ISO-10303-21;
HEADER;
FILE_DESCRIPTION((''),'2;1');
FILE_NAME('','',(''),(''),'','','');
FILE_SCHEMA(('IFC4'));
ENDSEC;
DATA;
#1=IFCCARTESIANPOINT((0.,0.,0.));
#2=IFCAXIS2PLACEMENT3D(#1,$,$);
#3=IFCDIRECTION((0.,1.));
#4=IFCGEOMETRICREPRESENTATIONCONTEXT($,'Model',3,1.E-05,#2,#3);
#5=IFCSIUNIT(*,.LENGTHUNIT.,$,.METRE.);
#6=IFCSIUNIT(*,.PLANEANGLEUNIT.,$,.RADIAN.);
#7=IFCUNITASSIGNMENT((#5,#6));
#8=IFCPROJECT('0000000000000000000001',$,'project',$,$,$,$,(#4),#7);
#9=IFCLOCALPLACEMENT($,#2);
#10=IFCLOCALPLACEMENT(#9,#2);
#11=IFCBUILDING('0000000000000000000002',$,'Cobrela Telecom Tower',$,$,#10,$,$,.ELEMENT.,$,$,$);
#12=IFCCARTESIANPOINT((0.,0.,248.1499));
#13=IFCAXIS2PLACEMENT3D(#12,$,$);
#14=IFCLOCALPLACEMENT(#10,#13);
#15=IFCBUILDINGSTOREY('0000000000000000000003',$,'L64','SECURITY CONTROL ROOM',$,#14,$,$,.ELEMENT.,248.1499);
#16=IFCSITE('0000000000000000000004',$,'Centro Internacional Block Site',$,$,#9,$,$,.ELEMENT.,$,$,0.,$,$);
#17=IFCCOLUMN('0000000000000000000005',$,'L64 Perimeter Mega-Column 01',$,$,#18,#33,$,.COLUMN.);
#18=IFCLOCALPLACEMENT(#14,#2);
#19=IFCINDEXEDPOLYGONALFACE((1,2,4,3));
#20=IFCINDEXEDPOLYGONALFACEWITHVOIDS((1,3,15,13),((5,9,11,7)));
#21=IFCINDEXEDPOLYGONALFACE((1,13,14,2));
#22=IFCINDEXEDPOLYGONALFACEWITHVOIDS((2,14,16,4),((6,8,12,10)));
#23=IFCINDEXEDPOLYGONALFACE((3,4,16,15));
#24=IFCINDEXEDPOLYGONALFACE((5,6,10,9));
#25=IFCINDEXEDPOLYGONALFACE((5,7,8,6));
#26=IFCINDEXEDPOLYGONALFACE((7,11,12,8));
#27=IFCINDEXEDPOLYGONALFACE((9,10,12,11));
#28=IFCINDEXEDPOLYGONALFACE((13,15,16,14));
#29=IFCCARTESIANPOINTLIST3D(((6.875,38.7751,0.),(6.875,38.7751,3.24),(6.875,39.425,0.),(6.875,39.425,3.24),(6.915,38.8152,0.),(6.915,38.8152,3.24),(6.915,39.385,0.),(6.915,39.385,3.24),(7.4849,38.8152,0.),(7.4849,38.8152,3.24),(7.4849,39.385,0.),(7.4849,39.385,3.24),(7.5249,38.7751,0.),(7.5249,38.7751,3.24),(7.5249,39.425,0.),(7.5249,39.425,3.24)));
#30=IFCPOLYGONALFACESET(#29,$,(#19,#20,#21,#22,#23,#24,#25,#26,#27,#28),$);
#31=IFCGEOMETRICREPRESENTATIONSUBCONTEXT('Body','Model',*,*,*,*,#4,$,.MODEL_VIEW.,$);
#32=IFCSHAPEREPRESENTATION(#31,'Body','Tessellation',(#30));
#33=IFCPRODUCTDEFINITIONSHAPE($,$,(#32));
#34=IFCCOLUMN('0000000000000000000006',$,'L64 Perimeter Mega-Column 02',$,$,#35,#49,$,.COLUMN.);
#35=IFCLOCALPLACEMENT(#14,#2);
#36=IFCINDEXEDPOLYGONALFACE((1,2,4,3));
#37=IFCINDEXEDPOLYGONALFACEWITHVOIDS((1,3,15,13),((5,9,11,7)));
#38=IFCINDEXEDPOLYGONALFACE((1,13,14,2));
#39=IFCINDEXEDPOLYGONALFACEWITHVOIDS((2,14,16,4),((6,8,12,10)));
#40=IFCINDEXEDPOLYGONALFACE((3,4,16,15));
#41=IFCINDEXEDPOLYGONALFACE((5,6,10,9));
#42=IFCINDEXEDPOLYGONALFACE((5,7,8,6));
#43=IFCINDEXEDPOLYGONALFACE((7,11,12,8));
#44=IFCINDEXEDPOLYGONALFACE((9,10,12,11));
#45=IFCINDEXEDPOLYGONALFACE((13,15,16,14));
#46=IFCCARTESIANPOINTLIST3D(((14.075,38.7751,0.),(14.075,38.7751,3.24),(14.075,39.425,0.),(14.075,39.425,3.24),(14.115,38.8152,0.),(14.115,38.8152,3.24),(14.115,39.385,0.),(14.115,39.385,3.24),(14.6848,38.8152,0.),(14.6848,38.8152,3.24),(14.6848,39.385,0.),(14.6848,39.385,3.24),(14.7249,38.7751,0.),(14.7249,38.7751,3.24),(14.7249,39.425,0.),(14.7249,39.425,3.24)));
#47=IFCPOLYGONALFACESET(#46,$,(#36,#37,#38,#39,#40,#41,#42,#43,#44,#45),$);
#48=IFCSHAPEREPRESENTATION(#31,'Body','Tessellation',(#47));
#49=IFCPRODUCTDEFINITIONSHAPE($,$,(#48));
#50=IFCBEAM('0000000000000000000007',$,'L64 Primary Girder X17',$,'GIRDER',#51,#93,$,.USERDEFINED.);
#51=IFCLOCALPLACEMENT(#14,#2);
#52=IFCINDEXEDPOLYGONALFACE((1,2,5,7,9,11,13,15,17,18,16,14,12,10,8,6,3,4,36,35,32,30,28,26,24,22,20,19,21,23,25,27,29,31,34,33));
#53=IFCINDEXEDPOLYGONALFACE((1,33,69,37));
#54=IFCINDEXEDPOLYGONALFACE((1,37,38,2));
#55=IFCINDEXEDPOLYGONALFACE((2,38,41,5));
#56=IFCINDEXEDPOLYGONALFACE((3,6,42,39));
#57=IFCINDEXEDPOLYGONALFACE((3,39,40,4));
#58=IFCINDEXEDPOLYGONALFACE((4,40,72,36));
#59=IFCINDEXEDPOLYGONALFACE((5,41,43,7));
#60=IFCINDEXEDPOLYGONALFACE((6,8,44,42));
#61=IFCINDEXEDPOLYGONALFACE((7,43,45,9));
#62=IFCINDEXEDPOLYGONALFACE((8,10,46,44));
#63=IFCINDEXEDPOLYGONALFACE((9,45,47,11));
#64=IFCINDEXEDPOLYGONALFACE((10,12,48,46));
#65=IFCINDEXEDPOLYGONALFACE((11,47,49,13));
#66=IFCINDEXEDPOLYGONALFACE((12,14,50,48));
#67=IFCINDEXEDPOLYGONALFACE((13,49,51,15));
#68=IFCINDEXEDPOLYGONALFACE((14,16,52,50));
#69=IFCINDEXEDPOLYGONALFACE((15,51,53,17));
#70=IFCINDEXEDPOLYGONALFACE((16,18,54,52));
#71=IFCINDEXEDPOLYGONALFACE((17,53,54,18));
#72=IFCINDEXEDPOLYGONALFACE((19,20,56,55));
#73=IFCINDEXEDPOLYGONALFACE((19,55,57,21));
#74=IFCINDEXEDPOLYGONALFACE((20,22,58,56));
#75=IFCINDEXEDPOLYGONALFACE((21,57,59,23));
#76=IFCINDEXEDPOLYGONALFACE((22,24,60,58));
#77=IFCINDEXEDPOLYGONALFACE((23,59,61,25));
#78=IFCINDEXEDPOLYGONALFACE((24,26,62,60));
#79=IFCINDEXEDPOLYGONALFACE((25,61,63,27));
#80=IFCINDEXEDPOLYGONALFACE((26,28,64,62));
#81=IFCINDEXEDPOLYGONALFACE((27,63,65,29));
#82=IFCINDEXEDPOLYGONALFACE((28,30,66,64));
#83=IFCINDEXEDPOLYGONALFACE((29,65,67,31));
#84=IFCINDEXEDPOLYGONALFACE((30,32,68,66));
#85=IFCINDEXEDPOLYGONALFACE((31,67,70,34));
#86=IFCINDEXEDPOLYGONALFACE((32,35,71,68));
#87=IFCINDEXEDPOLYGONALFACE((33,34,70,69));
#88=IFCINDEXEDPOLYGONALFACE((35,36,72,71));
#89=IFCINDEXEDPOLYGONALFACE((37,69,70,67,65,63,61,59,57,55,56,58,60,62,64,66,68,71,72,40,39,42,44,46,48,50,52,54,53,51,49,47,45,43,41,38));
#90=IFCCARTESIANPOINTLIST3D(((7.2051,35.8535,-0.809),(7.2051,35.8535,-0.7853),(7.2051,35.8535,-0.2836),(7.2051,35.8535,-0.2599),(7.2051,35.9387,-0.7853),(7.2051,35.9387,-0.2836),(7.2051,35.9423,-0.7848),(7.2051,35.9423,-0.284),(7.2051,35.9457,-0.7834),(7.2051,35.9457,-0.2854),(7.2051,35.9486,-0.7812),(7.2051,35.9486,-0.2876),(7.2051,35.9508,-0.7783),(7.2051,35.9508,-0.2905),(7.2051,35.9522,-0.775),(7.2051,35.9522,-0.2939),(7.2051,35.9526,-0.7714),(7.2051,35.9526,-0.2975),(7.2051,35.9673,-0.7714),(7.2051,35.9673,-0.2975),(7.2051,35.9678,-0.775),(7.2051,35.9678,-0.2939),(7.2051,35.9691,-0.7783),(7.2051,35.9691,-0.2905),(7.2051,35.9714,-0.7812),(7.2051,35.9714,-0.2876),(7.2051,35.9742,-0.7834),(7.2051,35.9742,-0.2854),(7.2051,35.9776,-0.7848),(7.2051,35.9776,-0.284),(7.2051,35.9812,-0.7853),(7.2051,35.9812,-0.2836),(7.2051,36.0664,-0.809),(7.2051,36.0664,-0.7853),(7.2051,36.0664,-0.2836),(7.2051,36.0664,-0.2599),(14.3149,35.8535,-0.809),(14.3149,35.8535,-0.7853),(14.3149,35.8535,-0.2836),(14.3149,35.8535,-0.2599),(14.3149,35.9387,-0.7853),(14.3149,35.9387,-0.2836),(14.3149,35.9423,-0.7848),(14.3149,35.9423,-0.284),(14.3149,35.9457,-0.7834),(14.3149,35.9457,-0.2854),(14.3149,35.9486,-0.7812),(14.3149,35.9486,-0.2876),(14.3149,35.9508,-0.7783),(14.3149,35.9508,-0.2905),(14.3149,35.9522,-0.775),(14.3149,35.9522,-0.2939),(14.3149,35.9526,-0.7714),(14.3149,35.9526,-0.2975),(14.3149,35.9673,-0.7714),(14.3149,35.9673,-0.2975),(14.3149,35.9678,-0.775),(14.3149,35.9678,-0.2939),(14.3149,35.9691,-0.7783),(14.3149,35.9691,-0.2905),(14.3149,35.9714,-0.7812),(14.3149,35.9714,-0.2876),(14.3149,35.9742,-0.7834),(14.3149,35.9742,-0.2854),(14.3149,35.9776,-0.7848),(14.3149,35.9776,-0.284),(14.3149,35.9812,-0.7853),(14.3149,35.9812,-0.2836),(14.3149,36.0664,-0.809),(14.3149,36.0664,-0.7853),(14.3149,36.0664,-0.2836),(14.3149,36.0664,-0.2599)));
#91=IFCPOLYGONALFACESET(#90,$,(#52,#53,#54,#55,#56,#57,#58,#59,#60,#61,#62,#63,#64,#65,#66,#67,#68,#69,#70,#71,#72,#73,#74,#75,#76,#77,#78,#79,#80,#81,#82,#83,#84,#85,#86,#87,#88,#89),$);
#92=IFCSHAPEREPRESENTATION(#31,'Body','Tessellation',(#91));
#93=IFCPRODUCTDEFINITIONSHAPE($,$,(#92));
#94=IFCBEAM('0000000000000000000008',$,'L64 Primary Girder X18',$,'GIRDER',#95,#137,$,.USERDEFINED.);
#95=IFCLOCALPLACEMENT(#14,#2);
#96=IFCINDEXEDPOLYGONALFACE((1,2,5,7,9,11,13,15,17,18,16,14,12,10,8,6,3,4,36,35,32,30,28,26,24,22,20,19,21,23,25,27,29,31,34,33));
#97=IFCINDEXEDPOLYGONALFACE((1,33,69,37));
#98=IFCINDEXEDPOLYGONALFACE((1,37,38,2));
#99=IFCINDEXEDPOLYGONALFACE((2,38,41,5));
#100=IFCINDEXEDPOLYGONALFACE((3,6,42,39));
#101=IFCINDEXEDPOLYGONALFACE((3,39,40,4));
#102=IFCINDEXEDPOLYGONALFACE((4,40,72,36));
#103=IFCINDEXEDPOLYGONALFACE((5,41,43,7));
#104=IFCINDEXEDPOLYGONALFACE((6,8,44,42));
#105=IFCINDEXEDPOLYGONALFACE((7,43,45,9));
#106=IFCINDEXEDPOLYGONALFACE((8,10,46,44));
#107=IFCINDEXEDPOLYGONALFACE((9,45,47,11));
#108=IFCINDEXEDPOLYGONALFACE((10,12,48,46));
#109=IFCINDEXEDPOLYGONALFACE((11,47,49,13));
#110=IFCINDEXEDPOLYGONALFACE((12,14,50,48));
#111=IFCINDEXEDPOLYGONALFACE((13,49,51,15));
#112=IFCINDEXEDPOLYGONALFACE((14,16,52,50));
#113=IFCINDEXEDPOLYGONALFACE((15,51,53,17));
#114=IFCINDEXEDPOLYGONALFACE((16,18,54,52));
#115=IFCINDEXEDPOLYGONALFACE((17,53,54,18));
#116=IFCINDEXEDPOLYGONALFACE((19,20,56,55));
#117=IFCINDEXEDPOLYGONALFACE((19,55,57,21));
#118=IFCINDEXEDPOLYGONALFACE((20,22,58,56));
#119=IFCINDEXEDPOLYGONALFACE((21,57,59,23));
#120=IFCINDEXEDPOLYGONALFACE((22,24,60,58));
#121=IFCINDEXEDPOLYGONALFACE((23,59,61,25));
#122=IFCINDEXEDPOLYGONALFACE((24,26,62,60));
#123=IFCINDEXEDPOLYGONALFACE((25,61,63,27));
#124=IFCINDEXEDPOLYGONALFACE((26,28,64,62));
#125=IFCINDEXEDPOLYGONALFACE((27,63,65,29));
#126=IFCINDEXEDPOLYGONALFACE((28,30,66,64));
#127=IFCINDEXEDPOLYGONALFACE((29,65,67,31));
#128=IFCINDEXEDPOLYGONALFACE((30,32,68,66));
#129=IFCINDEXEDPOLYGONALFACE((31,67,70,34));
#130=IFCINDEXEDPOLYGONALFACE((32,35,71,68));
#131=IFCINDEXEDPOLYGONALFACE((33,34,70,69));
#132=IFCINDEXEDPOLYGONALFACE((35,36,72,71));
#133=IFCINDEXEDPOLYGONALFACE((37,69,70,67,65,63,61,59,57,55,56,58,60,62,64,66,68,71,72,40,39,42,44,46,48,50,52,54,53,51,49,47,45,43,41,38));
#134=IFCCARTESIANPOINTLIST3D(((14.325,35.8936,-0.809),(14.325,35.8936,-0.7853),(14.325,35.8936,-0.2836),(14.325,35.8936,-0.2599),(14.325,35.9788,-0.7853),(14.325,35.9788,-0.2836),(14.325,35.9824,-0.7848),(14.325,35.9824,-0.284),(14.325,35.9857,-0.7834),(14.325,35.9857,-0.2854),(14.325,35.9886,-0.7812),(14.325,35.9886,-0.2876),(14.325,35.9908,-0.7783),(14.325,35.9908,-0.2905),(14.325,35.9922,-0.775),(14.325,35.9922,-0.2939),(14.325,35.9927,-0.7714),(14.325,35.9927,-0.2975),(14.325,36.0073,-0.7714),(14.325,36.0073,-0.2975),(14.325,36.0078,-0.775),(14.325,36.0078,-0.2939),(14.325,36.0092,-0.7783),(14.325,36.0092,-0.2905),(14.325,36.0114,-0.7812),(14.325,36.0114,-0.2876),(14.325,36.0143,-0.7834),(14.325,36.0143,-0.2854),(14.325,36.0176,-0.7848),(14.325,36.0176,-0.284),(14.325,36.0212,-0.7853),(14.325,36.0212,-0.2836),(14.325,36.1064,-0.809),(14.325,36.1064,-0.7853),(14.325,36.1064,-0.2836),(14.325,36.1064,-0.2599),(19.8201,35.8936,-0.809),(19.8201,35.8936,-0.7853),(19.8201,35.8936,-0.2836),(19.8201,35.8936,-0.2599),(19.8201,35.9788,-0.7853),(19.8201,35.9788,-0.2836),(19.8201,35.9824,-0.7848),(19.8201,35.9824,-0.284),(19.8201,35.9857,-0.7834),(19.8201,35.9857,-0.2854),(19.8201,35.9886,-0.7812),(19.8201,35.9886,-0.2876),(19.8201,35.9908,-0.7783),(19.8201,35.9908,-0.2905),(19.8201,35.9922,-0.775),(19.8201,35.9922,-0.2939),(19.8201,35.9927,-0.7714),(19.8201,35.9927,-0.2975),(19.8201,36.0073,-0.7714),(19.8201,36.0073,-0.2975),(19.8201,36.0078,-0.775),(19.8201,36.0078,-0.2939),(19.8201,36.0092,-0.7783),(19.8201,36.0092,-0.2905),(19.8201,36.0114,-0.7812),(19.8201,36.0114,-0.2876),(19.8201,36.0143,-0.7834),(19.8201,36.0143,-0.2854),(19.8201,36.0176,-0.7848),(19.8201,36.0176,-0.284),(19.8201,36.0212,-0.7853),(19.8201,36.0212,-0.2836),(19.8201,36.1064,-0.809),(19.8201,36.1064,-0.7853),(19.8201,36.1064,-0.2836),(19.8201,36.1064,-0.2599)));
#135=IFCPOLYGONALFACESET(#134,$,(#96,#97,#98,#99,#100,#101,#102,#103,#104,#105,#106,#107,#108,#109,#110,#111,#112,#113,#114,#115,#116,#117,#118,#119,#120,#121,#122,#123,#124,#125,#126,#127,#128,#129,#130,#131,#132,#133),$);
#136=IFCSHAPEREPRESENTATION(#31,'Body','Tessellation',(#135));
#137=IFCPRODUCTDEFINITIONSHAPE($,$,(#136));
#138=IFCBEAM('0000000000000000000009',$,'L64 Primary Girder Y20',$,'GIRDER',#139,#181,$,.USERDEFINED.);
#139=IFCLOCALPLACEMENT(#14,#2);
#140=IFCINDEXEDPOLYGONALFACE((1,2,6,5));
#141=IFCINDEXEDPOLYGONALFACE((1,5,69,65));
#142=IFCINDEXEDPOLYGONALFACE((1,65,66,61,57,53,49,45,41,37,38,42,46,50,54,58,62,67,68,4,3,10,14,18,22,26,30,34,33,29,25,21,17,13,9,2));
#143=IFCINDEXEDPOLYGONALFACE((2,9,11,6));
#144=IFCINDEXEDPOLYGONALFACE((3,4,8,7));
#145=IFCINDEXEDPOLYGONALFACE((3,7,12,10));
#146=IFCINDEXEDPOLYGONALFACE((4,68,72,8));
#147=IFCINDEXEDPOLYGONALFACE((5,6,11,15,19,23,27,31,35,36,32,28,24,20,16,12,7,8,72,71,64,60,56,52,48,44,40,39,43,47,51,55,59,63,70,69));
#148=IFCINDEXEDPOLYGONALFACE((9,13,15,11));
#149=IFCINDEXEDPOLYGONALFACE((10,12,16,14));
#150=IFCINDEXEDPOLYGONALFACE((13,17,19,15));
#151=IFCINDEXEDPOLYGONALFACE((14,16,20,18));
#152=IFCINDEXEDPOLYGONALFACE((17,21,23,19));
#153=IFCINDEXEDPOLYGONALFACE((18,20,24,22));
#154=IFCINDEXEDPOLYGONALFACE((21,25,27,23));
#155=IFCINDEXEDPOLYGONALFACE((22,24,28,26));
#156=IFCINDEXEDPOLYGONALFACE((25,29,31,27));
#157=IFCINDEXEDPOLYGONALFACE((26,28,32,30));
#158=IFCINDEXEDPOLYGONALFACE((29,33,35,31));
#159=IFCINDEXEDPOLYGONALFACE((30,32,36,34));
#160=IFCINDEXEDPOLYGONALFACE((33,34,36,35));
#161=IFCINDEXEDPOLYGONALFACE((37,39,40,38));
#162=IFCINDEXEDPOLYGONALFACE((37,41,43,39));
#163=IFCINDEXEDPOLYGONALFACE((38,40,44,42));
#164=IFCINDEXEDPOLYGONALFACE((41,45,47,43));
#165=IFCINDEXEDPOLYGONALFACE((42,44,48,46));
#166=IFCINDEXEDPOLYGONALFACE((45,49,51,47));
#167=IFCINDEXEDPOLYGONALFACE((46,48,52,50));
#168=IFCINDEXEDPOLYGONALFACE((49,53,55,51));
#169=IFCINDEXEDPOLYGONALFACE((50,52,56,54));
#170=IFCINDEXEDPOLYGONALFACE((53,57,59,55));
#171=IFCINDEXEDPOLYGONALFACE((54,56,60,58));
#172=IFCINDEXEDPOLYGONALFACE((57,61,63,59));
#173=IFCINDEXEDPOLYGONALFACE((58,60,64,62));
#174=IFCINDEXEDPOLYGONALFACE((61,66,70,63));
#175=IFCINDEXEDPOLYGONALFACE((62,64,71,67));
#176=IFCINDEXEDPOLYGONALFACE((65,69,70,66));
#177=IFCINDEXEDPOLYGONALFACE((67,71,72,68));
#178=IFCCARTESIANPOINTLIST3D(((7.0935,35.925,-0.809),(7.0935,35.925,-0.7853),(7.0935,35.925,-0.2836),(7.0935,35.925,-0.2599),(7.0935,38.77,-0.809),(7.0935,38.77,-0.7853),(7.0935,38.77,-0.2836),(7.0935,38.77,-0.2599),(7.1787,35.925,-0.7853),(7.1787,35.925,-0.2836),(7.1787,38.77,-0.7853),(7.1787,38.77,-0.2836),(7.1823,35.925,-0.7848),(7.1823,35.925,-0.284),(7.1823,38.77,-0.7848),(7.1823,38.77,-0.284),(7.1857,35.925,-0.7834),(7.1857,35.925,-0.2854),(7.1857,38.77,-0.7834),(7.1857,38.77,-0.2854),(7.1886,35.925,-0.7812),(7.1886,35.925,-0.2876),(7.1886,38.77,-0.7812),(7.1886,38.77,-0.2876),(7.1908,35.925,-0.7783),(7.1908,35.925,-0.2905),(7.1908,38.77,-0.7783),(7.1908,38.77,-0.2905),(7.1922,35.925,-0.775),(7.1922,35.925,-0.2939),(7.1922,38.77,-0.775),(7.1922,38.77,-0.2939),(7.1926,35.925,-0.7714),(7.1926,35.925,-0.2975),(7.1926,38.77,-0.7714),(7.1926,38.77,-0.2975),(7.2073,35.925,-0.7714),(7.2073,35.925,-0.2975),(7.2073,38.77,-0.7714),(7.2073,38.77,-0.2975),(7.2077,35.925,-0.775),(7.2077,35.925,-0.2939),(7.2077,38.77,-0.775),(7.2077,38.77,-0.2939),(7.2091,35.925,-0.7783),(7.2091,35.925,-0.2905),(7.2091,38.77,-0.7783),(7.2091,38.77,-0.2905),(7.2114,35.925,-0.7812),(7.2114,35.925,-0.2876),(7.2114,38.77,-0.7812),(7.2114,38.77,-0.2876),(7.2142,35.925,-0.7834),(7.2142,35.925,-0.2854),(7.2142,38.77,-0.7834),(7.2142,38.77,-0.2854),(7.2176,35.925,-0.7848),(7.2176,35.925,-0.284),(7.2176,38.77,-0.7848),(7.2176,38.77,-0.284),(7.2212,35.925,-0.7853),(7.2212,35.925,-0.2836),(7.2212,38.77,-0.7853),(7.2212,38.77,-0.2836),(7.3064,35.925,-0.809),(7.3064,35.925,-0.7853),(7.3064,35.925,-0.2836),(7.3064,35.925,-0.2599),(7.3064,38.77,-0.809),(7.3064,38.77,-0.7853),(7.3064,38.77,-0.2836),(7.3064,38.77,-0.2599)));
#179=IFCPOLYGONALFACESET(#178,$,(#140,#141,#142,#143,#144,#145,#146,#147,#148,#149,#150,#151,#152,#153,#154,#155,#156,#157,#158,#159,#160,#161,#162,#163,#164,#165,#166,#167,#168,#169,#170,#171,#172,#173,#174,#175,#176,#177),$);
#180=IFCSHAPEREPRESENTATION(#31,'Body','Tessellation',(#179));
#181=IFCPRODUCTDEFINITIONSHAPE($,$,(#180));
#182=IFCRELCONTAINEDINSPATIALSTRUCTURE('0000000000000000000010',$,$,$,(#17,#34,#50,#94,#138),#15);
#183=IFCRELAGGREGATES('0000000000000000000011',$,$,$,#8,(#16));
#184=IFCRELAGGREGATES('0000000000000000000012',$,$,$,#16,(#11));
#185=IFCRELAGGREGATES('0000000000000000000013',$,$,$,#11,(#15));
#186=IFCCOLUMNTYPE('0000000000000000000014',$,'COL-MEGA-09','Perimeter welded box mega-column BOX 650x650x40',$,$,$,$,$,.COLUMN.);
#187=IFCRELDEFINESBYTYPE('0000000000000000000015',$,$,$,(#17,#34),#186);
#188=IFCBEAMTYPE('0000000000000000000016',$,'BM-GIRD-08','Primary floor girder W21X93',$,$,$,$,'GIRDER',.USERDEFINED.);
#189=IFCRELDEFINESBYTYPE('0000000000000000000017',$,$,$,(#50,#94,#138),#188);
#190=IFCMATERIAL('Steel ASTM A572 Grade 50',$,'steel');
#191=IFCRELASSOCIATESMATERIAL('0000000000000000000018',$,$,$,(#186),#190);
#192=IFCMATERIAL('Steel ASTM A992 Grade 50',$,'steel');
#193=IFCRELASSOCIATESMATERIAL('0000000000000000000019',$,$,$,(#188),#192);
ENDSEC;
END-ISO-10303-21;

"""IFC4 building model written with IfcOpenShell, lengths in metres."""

from ifc_helpers import new_model, si_unit, direction, frame, origin, origin_2d, place, context, subcontext, project, spatial, hollow_rectangle, i_section, extrude, material, material_profile, profile_set, type_object, element, save


model = new_model("IFC4")

# Units and contexts
model_context = context("Model", 3, precision=1e-05, world=origin(), true_north=direction((0.0, 1.0)))
body_context = subcontext(model_context, "Body", "Model", "MODEL_VIEW")
ifc_project = project(units=[si_unit("LENGTHUNIT", "METRE"), si_unit("PLANEANGLEUNIT", "RADIAN")], contexts=[model_context])

# Site, building, storey
site_placement = place(None, origin())
site = spatial("IfcSite", under=ifc_project, at=site_placement, Name="Centro Internacional Block Site", CompositionType="ELEMENT", RefElevation=0.0)
building_placement = place(site_placement, origin())
building = spatial("IfcBuilding", under=site, at=building_placement, Name="Cobrela Telecom Tower", CompositionType="ELEMENT")
storey_placement = place(building_placement, frame((0.0, 0.0, 248.1499)))
storey = spatial("IfcBuildingStorey", under=building, at=storey_placement, Name="L64", Description="SECURITY CONTROL ROOM", CompositionType="ELEMENT", Elevation=248.1499)

# Columns
ifc_material_1 = material(Name="Steel ASTM A572 Grade 50", Category="steel")
ifc_material_profile_1 = material_profile(ifc_material_1, hollow_rectangle(XDim=0.6499, YDim=0.6499, WallThickness=0.04, at=origin_2d()), Name="BOX 650x650x40")
ifc_profile_set_1 = profile_set([ifc_material_profile_1], Name="Steel ASTM A572 Grade 50")
column_type = type_object("IfcColumnType", Name="COL-MEGA-09", Description="Perimeter welded box mega-column BOX 650x650x40", PredefinedType="COLUMN", material=ifc_profile_set_1)
for number, where, z_axis, x_axis, name in (
    (1, (7.2, 39.1001, 0.0), (0.0, 0.0, 1.0), (1.0, 0.0, 0.0), "L64 Perimeter Mega-Column 01"),
    (2, (14.3999, 39.1001, 0.0), (0.0, 0.0, 1.0), (1.0, 0.0, 0.0), "L64 Perimeter Mega-Column 02"),
):
    element("IfcColumn", number, at=place(storey_placement, frame(where, z_axis=z_axis, x_axis=x_axis)), inside=storey, type_object=column_type, Name=name, PredefinedType="COLUMN", context=body_context, shape_type="SweptSolid", body=[
        extrude(hollow_rectangle(XDim=0.6499, YDim=0.6499, WallThickness=0.04, at=origin_2d()), origin(), (0.0, 0.0, 1.0), 3.24),
    ])

# Beams
ifc_material_2 = material(Name="Steel ASTM A992 Grade 50", Category="steel")
ifc_material_profile_2 = material_profile(ifc_material_2, i_section(OverallWidth=0.2129, OverallDepth=0.5491, WebThickness=0.0146, FlangeThickness=0.0237, FilletRadius=0.0139, at=origin_2d()), Name="W21X93")
ifc_profile_set_2 = profile_set([ifc_material_profile_2], Name="Steel ASTM A992 Grade 50")
beam_type_1 = type_object("IfcBeamType", Name="BM-GIRD-08", Description="Primary floor girder W21X93", ElementType="GIRDER", PredefinedType="USERDEFINED", material=ifc_profile_set_2)
beam_1_placement = place(storey_placement, frame((7.2051, 35.96, -0.5344), z_axis=(1.0, 0.0, 0.0), x_axis=(0.0, 1.0, 0.0)))
element("IfcBeam", 3, at=beam_1_placement, inside=storey, type_object=beam_type_1, Name="L64 Primary Girder X17", ObjectType="GIRDER", PredefinedType="USERDEFINED", context=body_context, shape_type="SweptSolid", body=[
    extrude(i_section(OverallWidth=0.2129, OverallDepth=0.5491, WebThickness=0.0146, FlangeThickness=0.0237, FilletRadius=0.0139, at=origin_2d()), origin(), (0.0, 0.0, 1.0), 7.1099),
])
beam_2_placement = place(storey_placement, frame((14.325, 36.0, -0.5344), z_axis=(1.0, 0.0, 0.0), x_axis=(0.0, 1.0, 0.0)))
element("IfcBeam", 4, at=beam_2_placement, inside=storey, type_object=beam_type_1, Name="L64 Primary Girder X18", ObjectType="GIRDER", PredefinedType="USERDEFINED", context=body_context, shape_type="SweptSolid", body=[
    extrude(i_section(OverallWidth=0.2129, OverallDepth=0.5491, WebThickness=0.0146, FlangeThickness=0.0237, FilletRadius=0.0139, at=origin_2d()), origin(), (0.0, 0.0, 1.0), 5.4951),
])
for number, where, z_axis, x_axis, name in (
    (5, (7.2, 35.925, -0.5344), (0.0, 1.0, 0.0), (-1.0, 0.0, 0.0), "L64 Primary Girder Y20"),
):
    element("IfcBeam", number, at=place(storey_placement, frame(where, z_axis=z_axis, x_axis=x_axis)), inside=storey, type_object=beam_type_1, Name=name, ObjectType="GIRDER", PredefinedType="USERDEFINED", context=body_context, shape_type="SweptSolid", body=[
        extrude(i_section(OverallWidth=0.2129, OverallDepth=0.5491, WebThickness=0.0146, FlangeThickness=0.0237, FilletRadius=0.0139, at=origin_2d()), origin(), (0.0, 0.0, 1.0), 2.845),
    ])

save(model, "model.ifc")
